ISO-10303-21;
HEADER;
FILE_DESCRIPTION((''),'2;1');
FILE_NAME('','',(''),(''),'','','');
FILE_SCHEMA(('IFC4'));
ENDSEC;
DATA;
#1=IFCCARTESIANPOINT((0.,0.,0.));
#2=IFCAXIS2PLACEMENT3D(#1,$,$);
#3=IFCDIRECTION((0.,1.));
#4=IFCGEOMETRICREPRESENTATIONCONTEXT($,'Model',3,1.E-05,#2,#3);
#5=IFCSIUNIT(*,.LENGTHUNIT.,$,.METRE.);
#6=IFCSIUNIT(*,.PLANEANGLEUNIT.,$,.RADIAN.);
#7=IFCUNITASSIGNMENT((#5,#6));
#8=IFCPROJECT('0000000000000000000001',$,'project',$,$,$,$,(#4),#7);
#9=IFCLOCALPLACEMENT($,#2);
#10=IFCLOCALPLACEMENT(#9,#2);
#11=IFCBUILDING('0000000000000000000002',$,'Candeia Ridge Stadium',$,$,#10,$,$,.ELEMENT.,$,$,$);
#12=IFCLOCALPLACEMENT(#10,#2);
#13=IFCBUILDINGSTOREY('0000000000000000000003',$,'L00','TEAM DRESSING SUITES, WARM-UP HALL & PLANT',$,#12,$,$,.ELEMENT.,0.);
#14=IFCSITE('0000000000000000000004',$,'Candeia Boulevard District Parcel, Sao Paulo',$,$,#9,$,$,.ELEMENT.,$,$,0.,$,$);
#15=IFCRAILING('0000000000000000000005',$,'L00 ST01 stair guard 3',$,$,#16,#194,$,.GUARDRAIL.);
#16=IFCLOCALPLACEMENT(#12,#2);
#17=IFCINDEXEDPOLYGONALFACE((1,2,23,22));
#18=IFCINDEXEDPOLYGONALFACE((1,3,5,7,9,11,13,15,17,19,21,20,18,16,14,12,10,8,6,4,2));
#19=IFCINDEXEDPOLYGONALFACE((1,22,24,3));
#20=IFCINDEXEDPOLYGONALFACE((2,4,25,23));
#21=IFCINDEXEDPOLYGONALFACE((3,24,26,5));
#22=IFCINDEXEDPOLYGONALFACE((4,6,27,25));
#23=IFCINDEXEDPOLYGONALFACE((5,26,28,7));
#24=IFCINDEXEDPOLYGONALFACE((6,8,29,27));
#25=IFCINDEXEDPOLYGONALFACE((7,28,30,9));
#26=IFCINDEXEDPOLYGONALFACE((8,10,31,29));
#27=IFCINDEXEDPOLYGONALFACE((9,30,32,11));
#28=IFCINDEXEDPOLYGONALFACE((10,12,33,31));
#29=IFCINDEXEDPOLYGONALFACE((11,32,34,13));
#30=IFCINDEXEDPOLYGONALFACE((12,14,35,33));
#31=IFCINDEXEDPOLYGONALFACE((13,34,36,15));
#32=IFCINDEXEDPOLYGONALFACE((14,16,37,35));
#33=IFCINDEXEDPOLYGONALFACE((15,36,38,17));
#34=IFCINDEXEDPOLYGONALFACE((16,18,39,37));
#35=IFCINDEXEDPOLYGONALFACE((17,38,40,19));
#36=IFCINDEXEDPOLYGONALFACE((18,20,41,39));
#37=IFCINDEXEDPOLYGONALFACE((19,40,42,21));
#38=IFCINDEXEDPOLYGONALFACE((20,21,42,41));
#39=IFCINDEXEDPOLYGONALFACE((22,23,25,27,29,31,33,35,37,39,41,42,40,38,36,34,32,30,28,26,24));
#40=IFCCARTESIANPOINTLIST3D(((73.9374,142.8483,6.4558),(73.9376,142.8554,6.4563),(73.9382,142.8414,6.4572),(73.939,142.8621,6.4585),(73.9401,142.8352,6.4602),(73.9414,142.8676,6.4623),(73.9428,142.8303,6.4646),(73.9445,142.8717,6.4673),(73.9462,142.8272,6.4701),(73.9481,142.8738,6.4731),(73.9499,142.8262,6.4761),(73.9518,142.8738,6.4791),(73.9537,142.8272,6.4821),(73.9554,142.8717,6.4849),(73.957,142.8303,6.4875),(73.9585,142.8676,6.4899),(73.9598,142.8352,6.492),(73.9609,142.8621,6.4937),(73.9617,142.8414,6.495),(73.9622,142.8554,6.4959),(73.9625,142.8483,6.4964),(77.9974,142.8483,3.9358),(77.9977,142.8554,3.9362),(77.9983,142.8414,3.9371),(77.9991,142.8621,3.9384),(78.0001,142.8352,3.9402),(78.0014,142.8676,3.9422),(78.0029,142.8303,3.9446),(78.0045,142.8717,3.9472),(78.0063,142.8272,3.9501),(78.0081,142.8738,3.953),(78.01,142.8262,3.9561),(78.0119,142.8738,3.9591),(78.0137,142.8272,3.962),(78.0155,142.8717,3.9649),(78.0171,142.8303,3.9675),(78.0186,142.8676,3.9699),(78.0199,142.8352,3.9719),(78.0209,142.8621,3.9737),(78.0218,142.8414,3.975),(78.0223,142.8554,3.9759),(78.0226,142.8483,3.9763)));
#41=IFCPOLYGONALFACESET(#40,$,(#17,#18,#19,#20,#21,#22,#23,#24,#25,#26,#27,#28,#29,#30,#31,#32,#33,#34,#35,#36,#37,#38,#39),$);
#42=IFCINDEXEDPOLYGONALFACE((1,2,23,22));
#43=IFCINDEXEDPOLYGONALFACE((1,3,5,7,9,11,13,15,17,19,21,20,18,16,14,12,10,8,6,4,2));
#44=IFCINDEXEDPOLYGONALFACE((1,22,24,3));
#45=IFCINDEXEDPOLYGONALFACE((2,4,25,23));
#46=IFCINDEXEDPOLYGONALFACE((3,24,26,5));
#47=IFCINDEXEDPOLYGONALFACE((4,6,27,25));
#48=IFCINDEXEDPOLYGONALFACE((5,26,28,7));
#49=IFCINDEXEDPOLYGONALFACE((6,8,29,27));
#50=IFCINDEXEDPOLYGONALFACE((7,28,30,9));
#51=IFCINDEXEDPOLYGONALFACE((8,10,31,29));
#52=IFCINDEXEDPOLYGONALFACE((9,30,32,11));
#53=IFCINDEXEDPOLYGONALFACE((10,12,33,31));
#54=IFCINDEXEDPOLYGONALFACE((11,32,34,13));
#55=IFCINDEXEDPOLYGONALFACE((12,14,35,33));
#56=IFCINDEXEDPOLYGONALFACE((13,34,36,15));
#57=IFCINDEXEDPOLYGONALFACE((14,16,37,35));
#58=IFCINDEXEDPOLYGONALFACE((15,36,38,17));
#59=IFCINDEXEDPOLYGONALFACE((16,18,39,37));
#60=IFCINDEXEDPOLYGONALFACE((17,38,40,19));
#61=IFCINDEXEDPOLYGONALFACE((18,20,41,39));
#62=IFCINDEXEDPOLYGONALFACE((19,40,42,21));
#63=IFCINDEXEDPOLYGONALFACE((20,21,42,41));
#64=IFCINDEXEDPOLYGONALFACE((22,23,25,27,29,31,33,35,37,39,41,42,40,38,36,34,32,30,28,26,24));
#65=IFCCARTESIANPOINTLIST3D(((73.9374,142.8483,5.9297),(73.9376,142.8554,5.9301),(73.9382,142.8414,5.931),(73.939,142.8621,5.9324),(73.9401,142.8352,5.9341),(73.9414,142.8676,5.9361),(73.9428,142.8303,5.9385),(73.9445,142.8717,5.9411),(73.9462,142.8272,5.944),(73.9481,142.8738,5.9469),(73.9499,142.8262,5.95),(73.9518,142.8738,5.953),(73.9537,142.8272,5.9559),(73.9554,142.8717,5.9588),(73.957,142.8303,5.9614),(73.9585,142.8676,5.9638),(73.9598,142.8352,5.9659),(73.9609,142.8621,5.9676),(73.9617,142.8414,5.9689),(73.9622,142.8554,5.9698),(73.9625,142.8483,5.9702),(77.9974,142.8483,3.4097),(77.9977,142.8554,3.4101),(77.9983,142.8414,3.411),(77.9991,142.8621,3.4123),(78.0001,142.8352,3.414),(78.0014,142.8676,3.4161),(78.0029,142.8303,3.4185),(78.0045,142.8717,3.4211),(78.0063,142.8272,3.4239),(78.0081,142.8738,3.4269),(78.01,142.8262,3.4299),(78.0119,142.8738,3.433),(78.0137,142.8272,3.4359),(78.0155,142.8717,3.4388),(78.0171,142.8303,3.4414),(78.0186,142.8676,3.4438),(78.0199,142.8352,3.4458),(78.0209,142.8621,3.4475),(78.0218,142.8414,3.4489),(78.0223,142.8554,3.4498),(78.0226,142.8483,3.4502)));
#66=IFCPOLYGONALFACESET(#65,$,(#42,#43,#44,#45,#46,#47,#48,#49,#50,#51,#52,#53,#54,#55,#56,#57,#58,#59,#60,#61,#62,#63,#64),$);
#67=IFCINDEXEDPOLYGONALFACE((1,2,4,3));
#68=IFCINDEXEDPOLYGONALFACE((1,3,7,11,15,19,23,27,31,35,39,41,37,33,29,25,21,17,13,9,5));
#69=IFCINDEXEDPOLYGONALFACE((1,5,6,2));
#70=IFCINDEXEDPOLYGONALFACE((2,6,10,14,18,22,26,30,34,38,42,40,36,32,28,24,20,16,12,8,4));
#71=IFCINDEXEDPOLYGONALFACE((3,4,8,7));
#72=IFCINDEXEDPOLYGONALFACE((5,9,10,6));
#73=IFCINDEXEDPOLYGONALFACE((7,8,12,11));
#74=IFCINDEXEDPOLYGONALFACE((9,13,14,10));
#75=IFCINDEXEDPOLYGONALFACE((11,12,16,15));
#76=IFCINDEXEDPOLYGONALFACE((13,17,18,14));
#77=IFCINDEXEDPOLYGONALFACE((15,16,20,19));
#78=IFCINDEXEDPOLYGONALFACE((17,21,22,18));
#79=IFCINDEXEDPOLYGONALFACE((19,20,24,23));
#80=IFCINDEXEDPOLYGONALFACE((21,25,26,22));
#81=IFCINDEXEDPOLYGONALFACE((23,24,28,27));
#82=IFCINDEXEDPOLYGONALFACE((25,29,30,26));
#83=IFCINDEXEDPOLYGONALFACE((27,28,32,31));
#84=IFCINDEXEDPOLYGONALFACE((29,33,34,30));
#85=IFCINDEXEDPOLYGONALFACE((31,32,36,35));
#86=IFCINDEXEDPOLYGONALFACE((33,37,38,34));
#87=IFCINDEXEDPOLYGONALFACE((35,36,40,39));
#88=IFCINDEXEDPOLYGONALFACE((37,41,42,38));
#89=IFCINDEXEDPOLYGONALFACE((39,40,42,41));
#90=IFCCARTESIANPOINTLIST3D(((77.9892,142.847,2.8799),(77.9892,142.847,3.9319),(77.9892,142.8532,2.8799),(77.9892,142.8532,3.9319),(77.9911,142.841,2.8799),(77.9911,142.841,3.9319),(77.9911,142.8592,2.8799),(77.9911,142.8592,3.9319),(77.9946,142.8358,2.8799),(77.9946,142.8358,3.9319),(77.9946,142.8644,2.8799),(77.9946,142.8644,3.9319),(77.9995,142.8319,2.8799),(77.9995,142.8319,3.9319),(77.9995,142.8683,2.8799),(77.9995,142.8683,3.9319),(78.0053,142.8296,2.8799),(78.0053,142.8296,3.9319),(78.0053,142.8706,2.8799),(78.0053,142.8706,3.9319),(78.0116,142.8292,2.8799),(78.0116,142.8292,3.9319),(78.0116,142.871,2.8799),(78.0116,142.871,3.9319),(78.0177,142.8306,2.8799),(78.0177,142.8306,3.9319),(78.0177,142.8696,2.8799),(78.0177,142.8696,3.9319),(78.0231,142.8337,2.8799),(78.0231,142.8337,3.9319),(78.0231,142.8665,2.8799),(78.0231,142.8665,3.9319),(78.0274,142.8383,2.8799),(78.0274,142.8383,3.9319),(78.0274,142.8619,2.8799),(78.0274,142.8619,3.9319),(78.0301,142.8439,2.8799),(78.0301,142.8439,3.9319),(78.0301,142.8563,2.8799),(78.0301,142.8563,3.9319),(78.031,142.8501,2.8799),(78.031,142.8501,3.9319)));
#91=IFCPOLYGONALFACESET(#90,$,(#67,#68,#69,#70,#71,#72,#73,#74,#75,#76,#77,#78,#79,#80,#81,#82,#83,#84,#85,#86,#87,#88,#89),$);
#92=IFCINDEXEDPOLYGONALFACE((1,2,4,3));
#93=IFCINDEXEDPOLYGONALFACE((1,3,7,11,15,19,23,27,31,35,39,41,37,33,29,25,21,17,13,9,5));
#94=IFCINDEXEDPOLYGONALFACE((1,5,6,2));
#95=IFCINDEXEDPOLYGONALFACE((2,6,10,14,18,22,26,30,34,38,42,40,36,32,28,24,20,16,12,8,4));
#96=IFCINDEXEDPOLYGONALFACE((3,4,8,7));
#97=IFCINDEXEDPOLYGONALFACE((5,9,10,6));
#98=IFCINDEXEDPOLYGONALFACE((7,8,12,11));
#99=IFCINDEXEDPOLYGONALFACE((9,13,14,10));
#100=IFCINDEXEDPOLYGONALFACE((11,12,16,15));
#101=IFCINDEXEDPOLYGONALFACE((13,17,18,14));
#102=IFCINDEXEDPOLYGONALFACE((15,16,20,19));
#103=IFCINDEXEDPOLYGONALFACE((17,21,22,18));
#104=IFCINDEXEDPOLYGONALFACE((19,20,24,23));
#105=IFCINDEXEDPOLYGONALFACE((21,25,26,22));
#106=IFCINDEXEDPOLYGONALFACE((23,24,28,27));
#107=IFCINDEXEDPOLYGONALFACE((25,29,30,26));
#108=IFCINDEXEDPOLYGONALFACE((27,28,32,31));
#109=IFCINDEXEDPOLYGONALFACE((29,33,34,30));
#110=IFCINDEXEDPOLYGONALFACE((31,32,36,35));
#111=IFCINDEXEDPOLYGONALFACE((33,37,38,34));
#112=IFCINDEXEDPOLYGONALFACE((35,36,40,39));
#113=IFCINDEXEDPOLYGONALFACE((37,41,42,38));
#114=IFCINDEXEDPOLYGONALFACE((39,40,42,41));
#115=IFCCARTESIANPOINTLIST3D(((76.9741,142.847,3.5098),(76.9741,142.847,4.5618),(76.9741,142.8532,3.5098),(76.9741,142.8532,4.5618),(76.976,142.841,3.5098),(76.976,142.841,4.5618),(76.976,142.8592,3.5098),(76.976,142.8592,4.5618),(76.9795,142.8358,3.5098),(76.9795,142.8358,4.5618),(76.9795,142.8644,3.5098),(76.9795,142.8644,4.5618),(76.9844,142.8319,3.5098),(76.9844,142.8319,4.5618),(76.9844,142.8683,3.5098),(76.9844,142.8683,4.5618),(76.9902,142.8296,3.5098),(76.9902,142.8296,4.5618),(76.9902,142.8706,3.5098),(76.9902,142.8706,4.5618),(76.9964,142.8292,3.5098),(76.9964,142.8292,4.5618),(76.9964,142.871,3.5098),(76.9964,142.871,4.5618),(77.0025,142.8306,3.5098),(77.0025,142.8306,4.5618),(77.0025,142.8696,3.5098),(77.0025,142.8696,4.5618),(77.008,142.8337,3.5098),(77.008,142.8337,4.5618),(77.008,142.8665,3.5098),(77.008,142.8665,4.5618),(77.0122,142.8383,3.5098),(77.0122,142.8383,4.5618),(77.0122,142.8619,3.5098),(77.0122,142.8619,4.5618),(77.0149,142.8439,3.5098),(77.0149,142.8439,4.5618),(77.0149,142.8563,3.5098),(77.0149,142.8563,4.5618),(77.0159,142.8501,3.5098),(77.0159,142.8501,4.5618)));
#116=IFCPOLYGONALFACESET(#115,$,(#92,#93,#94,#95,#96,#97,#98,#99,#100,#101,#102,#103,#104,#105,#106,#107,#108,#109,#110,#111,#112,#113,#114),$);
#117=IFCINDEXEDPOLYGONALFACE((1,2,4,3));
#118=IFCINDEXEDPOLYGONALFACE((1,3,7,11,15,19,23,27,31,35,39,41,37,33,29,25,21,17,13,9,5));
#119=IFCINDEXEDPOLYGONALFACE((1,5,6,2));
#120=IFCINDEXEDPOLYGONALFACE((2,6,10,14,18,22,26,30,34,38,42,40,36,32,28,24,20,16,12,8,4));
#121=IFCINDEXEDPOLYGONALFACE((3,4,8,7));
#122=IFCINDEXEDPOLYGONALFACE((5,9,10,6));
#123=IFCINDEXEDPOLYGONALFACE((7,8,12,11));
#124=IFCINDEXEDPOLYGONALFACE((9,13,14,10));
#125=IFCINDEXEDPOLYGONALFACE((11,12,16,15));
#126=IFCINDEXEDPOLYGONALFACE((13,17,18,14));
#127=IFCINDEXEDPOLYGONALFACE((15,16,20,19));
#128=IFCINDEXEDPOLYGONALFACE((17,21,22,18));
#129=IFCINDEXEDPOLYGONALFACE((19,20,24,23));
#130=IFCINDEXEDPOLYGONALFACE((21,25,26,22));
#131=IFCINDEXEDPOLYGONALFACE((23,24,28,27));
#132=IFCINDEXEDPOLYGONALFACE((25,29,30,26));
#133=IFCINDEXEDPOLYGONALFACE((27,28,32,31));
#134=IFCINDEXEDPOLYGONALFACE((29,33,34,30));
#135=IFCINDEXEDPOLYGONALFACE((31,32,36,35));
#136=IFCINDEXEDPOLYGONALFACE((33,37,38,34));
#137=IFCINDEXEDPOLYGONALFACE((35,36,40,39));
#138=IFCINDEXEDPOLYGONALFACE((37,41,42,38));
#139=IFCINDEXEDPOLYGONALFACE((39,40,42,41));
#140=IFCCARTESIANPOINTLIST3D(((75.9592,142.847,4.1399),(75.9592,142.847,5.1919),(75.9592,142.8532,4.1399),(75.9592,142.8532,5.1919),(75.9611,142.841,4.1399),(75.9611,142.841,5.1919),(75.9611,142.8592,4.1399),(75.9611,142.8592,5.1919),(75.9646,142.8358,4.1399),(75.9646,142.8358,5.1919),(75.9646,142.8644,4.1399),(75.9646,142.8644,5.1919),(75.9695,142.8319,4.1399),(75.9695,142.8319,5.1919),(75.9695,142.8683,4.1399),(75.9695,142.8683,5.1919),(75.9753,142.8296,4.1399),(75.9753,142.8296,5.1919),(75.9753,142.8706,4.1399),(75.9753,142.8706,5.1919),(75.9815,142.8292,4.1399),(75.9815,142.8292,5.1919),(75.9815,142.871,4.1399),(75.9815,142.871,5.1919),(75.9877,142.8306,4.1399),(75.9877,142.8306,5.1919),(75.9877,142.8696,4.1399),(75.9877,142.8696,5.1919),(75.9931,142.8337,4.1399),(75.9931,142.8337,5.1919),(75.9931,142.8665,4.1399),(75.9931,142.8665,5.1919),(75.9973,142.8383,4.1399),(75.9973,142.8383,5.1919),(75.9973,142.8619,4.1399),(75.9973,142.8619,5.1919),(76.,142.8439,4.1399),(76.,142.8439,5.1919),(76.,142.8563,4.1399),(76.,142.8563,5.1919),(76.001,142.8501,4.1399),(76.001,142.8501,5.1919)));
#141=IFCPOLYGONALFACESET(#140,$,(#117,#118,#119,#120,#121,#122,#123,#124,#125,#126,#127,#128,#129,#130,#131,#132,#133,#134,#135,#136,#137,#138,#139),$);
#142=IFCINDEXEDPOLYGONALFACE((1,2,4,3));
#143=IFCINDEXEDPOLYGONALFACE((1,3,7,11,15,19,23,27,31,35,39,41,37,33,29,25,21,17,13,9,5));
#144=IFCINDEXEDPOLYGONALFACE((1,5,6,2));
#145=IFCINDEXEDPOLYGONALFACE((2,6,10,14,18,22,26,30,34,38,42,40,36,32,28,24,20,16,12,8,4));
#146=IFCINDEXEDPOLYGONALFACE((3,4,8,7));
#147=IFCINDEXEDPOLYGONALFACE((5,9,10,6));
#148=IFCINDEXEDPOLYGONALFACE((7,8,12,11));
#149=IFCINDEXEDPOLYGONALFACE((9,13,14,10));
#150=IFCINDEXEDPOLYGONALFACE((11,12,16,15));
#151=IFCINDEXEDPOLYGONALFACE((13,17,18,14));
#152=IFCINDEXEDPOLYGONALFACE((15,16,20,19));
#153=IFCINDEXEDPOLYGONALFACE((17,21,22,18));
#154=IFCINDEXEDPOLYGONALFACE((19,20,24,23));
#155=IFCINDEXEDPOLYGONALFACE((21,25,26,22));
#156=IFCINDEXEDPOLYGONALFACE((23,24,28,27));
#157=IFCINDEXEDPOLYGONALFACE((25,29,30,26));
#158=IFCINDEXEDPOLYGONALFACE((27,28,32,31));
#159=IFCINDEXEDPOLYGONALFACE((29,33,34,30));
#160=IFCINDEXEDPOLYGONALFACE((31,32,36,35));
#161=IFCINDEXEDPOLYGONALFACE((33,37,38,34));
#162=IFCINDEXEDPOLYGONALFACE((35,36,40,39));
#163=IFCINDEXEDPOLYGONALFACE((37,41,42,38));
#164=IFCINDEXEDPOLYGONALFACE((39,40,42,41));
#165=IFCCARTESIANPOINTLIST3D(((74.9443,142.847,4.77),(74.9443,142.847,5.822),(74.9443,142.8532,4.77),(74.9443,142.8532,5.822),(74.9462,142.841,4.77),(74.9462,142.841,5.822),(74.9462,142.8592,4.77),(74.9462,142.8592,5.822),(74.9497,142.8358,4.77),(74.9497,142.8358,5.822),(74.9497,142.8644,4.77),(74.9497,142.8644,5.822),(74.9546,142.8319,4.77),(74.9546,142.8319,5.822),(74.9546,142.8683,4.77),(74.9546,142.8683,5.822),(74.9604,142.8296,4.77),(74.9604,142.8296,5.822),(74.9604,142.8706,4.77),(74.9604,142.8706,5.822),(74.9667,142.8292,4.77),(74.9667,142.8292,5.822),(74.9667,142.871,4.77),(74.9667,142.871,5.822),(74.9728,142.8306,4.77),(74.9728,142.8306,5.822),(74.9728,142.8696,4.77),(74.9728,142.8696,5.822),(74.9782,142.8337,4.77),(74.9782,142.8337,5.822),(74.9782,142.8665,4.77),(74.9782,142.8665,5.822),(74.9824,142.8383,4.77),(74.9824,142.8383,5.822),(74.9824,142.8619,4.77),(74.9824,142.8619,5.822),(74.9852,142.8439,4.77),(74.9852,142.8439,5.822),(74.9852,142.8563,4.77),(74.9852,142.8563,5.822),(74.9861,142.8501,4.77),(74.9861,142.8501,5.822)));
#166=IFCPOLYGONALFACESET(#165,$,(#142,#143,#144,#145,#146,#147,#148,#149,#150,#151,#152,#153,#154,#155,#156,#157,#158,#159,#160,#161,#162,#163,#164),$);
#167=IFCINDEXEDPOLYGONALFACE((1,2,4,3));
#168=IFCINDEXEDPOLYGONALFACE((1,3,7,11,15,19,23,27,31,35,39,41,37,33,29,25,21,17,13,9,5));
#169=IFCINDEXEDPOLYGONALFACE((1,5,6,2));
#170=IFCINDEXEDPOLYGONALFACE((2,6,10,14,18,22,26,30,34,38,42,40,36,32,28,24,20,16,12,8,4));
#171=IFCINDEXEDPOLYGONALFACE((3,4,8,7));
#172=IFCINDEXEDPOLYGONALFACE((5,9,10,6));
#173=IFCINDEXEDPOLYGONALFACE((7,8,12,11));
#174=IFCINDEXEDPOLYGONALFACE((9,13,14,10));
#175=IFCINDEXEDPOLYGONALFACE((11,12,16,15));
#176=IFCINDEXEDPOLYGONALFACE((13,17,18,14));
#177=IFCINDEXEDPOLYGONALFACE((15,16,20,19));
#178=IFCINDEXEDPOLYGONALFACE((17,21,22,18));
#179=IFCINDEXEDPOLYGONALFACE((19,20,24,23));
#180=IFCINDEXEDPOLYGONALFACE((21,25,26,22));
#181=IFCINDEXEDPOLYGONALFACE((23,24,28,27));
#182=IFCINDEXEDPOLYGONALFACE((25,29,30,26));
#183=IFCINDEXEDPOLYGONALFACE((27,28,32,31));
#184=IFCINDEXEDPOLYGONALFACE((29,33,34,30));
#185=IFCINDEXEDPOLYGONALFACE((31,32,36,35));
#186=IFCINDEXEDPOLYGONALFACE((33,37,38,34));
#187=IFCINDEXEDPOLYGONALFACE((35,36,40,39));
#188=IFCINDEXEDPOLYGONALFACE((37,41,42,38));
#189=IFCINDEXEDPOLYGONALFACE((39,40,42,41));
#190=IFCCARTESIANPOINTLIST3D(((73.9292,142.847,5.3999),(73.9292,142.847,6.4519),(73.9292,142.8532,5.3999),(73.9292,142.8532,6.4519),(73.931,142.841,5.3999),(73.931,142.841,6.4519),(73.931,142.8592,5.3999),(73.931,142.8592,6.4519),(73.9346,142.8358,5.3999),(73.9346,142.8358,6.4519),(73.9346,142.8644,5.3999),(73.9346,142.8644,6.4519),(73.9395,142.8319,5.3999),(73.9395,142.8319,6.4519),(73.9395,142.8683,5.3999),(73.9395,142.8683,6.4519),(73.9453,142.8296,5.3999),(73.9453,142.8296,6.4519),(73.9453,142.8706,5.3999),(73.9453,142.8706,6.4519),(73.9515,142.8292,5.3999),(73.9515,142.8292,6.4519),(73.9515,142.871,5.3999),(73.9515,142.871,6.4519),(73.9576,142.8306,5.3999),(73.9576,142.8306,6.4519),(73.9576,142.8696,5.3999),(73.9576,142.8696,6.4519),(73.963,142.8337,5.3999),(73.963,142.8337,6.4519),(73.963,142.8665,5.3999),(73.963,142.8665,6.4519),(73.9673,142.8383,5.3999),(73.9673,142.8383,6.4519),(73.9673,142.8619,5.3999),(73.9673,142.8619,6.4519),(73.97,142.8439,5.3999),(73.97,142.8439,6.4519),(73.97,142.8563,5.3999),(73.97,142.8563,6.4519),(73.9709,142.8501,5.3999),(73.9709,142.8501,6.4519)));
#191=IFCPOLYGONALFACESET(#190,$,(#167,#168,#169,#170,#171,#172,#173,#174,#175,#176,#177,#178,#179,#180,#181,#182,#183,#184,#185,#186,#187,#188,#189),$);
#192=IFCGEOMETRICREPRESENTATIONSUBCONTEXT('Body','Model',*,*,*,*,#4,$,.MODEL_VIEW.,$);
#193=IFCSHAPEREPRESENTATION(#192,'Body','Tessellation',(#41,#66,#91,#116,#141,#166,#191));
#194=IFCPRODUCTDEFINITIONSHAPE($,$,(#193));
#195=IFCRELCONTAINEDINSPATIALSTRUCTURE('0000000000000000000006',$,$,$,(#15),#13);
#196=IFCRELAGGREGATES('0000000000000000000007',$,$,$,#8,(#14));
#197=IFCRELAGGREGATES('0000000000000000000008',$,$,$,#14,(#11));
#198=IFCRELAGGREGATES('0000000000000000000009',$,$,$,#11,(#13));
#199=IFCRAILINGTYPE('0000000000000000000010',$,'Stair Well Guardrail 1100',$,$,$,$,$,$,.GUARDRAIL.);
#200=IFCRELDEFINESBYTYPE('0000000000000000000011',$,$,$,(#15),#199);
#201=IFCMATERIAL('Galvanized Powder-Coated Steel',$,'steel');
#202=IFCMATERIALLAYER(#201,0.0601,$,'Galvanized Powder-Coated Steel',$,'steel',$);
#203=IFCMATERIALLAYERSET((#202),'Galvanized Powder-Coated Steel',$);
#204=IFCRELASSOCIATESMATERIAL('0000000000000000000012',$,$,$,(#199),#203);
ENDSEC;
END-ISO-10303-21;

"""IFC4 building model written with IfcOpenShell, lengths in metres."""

from ifc_helpers import new_model, si_unit, direction, frame, origin, origin_2d, place, context, subcontext, project, spatial, circle, extrude, material, layer, layer_set, type_object, element, save


model = new_model("IFC4")

# Units and contexts
model_context = context("Model", 3, precision=1e-05, world=origin(), true_north=direction((0.0, 1.0)))
body_context = subcontext(model_context, "Body", "Model", "MODEL_VIEW")
ifc_project = project(units=[si_unit("LENGTHUNIT", "METRE"), si_unit("PLANEANGLEUNIT", "RADIAN")], contexts=[model_context])

# Site, building, storey
site_placement = place(None, origin())
site = spatial("IfcSite", under=ifc_project, at=site_placement, Name="Candeia Boulevard District Parcel, Sao Paulo", CompositionType="ELEMENT", RefElevation=0.0)
building_placement = place(site_placement, origin())
building = spatial("IfcBuilding", under=site, at=building_placement, Name="Candeia Ridge Stadium", CompositionType="ELEMENT")
storey_placement = place(building_placement, origin())
storey = spatial("IfcBuildingStorey", under=building, at=storey_placement, Name="L00", Description="TEAM DRESSING SUITES, WARM-UP HALL & PLANT", CompositionType="ELEMENT", Elevation=0.0)

# Railing
ifc_material_1 = material(Name="Galvanized Powder-Coated Steel", Category="steel")
ifc_layer_1 = layer(ifc_material_1, 0.0601, Name="Galvanized Powder-Coated Steel", Category="steel")
ifc_layer_set_1 = layer_set([ifc_layer_1], Name="Galvanized Powder-Coated Steel")
railing_type_1 = type_object("IfcRailingType", Name="Stair Well Guardrail 1100", PredefinedType="GUARDRAIL", material=ifc_layer_set_1)
railing_1_placement = place(storey_placement, frame((78.01, 142.8501, 2.8799)))
element("IfcRailing", 1, at=railing_1_placement, inside=storey, type_object=railing_type_1, Name="L00 ST01 stair guard 3", PredefinedType="GUARDRAIL", context=body_context, shape_type="SweptSolid", body=[
    extrude(circle(Radius=0.0239, at=origin_2d()), frame((0.0, 0.0, 1.0762), z_axis=(-0.849642, 0.0, 0.52736), x_axis=(0.0, -1.0, 0.0)), (0.0, 0.0, 1.0), 4.7786),
    extrude(circle(Radius=0.0239, at=origin_2d()), frame((0.0, 0.0, 0.55), z_axis=(-0.849642, 0.0, 0.52736), x_axis=(0.0, -1.0, 0.0)), (0.0, 0.0, 1.0), 4.7786),
    extrude(circle(Radius=0.021, at=origin_2d()), origin(), (0.0, 0.0, 1.0), 1.052),
    extrude(circle(Radius=0.021, at=origin_2d()), frame((-1.0151, 0.0, 0.6299)), (0.0, 0.0, 1.0), 1.052),
    extrude(circle(Radius=0.021, at=origin_2d()), frame((-2.03, 0.0, 1.26)), (0.0, 0.0, 1.0), 1.052),
    extrude(circle(Radius=0.021, at=origin_2d()), frame((-3.0449, 0.0, 1.8901)), (0.0, 0.0, 1.0), 1.052),
    extrude(circle(Radius=0.021, at=origin_2d()), frame((-4.0601, 0.0, 2.52)), (0.0, 0.0, 1.0), 1.052),
])

save(model, "model.ifc")
